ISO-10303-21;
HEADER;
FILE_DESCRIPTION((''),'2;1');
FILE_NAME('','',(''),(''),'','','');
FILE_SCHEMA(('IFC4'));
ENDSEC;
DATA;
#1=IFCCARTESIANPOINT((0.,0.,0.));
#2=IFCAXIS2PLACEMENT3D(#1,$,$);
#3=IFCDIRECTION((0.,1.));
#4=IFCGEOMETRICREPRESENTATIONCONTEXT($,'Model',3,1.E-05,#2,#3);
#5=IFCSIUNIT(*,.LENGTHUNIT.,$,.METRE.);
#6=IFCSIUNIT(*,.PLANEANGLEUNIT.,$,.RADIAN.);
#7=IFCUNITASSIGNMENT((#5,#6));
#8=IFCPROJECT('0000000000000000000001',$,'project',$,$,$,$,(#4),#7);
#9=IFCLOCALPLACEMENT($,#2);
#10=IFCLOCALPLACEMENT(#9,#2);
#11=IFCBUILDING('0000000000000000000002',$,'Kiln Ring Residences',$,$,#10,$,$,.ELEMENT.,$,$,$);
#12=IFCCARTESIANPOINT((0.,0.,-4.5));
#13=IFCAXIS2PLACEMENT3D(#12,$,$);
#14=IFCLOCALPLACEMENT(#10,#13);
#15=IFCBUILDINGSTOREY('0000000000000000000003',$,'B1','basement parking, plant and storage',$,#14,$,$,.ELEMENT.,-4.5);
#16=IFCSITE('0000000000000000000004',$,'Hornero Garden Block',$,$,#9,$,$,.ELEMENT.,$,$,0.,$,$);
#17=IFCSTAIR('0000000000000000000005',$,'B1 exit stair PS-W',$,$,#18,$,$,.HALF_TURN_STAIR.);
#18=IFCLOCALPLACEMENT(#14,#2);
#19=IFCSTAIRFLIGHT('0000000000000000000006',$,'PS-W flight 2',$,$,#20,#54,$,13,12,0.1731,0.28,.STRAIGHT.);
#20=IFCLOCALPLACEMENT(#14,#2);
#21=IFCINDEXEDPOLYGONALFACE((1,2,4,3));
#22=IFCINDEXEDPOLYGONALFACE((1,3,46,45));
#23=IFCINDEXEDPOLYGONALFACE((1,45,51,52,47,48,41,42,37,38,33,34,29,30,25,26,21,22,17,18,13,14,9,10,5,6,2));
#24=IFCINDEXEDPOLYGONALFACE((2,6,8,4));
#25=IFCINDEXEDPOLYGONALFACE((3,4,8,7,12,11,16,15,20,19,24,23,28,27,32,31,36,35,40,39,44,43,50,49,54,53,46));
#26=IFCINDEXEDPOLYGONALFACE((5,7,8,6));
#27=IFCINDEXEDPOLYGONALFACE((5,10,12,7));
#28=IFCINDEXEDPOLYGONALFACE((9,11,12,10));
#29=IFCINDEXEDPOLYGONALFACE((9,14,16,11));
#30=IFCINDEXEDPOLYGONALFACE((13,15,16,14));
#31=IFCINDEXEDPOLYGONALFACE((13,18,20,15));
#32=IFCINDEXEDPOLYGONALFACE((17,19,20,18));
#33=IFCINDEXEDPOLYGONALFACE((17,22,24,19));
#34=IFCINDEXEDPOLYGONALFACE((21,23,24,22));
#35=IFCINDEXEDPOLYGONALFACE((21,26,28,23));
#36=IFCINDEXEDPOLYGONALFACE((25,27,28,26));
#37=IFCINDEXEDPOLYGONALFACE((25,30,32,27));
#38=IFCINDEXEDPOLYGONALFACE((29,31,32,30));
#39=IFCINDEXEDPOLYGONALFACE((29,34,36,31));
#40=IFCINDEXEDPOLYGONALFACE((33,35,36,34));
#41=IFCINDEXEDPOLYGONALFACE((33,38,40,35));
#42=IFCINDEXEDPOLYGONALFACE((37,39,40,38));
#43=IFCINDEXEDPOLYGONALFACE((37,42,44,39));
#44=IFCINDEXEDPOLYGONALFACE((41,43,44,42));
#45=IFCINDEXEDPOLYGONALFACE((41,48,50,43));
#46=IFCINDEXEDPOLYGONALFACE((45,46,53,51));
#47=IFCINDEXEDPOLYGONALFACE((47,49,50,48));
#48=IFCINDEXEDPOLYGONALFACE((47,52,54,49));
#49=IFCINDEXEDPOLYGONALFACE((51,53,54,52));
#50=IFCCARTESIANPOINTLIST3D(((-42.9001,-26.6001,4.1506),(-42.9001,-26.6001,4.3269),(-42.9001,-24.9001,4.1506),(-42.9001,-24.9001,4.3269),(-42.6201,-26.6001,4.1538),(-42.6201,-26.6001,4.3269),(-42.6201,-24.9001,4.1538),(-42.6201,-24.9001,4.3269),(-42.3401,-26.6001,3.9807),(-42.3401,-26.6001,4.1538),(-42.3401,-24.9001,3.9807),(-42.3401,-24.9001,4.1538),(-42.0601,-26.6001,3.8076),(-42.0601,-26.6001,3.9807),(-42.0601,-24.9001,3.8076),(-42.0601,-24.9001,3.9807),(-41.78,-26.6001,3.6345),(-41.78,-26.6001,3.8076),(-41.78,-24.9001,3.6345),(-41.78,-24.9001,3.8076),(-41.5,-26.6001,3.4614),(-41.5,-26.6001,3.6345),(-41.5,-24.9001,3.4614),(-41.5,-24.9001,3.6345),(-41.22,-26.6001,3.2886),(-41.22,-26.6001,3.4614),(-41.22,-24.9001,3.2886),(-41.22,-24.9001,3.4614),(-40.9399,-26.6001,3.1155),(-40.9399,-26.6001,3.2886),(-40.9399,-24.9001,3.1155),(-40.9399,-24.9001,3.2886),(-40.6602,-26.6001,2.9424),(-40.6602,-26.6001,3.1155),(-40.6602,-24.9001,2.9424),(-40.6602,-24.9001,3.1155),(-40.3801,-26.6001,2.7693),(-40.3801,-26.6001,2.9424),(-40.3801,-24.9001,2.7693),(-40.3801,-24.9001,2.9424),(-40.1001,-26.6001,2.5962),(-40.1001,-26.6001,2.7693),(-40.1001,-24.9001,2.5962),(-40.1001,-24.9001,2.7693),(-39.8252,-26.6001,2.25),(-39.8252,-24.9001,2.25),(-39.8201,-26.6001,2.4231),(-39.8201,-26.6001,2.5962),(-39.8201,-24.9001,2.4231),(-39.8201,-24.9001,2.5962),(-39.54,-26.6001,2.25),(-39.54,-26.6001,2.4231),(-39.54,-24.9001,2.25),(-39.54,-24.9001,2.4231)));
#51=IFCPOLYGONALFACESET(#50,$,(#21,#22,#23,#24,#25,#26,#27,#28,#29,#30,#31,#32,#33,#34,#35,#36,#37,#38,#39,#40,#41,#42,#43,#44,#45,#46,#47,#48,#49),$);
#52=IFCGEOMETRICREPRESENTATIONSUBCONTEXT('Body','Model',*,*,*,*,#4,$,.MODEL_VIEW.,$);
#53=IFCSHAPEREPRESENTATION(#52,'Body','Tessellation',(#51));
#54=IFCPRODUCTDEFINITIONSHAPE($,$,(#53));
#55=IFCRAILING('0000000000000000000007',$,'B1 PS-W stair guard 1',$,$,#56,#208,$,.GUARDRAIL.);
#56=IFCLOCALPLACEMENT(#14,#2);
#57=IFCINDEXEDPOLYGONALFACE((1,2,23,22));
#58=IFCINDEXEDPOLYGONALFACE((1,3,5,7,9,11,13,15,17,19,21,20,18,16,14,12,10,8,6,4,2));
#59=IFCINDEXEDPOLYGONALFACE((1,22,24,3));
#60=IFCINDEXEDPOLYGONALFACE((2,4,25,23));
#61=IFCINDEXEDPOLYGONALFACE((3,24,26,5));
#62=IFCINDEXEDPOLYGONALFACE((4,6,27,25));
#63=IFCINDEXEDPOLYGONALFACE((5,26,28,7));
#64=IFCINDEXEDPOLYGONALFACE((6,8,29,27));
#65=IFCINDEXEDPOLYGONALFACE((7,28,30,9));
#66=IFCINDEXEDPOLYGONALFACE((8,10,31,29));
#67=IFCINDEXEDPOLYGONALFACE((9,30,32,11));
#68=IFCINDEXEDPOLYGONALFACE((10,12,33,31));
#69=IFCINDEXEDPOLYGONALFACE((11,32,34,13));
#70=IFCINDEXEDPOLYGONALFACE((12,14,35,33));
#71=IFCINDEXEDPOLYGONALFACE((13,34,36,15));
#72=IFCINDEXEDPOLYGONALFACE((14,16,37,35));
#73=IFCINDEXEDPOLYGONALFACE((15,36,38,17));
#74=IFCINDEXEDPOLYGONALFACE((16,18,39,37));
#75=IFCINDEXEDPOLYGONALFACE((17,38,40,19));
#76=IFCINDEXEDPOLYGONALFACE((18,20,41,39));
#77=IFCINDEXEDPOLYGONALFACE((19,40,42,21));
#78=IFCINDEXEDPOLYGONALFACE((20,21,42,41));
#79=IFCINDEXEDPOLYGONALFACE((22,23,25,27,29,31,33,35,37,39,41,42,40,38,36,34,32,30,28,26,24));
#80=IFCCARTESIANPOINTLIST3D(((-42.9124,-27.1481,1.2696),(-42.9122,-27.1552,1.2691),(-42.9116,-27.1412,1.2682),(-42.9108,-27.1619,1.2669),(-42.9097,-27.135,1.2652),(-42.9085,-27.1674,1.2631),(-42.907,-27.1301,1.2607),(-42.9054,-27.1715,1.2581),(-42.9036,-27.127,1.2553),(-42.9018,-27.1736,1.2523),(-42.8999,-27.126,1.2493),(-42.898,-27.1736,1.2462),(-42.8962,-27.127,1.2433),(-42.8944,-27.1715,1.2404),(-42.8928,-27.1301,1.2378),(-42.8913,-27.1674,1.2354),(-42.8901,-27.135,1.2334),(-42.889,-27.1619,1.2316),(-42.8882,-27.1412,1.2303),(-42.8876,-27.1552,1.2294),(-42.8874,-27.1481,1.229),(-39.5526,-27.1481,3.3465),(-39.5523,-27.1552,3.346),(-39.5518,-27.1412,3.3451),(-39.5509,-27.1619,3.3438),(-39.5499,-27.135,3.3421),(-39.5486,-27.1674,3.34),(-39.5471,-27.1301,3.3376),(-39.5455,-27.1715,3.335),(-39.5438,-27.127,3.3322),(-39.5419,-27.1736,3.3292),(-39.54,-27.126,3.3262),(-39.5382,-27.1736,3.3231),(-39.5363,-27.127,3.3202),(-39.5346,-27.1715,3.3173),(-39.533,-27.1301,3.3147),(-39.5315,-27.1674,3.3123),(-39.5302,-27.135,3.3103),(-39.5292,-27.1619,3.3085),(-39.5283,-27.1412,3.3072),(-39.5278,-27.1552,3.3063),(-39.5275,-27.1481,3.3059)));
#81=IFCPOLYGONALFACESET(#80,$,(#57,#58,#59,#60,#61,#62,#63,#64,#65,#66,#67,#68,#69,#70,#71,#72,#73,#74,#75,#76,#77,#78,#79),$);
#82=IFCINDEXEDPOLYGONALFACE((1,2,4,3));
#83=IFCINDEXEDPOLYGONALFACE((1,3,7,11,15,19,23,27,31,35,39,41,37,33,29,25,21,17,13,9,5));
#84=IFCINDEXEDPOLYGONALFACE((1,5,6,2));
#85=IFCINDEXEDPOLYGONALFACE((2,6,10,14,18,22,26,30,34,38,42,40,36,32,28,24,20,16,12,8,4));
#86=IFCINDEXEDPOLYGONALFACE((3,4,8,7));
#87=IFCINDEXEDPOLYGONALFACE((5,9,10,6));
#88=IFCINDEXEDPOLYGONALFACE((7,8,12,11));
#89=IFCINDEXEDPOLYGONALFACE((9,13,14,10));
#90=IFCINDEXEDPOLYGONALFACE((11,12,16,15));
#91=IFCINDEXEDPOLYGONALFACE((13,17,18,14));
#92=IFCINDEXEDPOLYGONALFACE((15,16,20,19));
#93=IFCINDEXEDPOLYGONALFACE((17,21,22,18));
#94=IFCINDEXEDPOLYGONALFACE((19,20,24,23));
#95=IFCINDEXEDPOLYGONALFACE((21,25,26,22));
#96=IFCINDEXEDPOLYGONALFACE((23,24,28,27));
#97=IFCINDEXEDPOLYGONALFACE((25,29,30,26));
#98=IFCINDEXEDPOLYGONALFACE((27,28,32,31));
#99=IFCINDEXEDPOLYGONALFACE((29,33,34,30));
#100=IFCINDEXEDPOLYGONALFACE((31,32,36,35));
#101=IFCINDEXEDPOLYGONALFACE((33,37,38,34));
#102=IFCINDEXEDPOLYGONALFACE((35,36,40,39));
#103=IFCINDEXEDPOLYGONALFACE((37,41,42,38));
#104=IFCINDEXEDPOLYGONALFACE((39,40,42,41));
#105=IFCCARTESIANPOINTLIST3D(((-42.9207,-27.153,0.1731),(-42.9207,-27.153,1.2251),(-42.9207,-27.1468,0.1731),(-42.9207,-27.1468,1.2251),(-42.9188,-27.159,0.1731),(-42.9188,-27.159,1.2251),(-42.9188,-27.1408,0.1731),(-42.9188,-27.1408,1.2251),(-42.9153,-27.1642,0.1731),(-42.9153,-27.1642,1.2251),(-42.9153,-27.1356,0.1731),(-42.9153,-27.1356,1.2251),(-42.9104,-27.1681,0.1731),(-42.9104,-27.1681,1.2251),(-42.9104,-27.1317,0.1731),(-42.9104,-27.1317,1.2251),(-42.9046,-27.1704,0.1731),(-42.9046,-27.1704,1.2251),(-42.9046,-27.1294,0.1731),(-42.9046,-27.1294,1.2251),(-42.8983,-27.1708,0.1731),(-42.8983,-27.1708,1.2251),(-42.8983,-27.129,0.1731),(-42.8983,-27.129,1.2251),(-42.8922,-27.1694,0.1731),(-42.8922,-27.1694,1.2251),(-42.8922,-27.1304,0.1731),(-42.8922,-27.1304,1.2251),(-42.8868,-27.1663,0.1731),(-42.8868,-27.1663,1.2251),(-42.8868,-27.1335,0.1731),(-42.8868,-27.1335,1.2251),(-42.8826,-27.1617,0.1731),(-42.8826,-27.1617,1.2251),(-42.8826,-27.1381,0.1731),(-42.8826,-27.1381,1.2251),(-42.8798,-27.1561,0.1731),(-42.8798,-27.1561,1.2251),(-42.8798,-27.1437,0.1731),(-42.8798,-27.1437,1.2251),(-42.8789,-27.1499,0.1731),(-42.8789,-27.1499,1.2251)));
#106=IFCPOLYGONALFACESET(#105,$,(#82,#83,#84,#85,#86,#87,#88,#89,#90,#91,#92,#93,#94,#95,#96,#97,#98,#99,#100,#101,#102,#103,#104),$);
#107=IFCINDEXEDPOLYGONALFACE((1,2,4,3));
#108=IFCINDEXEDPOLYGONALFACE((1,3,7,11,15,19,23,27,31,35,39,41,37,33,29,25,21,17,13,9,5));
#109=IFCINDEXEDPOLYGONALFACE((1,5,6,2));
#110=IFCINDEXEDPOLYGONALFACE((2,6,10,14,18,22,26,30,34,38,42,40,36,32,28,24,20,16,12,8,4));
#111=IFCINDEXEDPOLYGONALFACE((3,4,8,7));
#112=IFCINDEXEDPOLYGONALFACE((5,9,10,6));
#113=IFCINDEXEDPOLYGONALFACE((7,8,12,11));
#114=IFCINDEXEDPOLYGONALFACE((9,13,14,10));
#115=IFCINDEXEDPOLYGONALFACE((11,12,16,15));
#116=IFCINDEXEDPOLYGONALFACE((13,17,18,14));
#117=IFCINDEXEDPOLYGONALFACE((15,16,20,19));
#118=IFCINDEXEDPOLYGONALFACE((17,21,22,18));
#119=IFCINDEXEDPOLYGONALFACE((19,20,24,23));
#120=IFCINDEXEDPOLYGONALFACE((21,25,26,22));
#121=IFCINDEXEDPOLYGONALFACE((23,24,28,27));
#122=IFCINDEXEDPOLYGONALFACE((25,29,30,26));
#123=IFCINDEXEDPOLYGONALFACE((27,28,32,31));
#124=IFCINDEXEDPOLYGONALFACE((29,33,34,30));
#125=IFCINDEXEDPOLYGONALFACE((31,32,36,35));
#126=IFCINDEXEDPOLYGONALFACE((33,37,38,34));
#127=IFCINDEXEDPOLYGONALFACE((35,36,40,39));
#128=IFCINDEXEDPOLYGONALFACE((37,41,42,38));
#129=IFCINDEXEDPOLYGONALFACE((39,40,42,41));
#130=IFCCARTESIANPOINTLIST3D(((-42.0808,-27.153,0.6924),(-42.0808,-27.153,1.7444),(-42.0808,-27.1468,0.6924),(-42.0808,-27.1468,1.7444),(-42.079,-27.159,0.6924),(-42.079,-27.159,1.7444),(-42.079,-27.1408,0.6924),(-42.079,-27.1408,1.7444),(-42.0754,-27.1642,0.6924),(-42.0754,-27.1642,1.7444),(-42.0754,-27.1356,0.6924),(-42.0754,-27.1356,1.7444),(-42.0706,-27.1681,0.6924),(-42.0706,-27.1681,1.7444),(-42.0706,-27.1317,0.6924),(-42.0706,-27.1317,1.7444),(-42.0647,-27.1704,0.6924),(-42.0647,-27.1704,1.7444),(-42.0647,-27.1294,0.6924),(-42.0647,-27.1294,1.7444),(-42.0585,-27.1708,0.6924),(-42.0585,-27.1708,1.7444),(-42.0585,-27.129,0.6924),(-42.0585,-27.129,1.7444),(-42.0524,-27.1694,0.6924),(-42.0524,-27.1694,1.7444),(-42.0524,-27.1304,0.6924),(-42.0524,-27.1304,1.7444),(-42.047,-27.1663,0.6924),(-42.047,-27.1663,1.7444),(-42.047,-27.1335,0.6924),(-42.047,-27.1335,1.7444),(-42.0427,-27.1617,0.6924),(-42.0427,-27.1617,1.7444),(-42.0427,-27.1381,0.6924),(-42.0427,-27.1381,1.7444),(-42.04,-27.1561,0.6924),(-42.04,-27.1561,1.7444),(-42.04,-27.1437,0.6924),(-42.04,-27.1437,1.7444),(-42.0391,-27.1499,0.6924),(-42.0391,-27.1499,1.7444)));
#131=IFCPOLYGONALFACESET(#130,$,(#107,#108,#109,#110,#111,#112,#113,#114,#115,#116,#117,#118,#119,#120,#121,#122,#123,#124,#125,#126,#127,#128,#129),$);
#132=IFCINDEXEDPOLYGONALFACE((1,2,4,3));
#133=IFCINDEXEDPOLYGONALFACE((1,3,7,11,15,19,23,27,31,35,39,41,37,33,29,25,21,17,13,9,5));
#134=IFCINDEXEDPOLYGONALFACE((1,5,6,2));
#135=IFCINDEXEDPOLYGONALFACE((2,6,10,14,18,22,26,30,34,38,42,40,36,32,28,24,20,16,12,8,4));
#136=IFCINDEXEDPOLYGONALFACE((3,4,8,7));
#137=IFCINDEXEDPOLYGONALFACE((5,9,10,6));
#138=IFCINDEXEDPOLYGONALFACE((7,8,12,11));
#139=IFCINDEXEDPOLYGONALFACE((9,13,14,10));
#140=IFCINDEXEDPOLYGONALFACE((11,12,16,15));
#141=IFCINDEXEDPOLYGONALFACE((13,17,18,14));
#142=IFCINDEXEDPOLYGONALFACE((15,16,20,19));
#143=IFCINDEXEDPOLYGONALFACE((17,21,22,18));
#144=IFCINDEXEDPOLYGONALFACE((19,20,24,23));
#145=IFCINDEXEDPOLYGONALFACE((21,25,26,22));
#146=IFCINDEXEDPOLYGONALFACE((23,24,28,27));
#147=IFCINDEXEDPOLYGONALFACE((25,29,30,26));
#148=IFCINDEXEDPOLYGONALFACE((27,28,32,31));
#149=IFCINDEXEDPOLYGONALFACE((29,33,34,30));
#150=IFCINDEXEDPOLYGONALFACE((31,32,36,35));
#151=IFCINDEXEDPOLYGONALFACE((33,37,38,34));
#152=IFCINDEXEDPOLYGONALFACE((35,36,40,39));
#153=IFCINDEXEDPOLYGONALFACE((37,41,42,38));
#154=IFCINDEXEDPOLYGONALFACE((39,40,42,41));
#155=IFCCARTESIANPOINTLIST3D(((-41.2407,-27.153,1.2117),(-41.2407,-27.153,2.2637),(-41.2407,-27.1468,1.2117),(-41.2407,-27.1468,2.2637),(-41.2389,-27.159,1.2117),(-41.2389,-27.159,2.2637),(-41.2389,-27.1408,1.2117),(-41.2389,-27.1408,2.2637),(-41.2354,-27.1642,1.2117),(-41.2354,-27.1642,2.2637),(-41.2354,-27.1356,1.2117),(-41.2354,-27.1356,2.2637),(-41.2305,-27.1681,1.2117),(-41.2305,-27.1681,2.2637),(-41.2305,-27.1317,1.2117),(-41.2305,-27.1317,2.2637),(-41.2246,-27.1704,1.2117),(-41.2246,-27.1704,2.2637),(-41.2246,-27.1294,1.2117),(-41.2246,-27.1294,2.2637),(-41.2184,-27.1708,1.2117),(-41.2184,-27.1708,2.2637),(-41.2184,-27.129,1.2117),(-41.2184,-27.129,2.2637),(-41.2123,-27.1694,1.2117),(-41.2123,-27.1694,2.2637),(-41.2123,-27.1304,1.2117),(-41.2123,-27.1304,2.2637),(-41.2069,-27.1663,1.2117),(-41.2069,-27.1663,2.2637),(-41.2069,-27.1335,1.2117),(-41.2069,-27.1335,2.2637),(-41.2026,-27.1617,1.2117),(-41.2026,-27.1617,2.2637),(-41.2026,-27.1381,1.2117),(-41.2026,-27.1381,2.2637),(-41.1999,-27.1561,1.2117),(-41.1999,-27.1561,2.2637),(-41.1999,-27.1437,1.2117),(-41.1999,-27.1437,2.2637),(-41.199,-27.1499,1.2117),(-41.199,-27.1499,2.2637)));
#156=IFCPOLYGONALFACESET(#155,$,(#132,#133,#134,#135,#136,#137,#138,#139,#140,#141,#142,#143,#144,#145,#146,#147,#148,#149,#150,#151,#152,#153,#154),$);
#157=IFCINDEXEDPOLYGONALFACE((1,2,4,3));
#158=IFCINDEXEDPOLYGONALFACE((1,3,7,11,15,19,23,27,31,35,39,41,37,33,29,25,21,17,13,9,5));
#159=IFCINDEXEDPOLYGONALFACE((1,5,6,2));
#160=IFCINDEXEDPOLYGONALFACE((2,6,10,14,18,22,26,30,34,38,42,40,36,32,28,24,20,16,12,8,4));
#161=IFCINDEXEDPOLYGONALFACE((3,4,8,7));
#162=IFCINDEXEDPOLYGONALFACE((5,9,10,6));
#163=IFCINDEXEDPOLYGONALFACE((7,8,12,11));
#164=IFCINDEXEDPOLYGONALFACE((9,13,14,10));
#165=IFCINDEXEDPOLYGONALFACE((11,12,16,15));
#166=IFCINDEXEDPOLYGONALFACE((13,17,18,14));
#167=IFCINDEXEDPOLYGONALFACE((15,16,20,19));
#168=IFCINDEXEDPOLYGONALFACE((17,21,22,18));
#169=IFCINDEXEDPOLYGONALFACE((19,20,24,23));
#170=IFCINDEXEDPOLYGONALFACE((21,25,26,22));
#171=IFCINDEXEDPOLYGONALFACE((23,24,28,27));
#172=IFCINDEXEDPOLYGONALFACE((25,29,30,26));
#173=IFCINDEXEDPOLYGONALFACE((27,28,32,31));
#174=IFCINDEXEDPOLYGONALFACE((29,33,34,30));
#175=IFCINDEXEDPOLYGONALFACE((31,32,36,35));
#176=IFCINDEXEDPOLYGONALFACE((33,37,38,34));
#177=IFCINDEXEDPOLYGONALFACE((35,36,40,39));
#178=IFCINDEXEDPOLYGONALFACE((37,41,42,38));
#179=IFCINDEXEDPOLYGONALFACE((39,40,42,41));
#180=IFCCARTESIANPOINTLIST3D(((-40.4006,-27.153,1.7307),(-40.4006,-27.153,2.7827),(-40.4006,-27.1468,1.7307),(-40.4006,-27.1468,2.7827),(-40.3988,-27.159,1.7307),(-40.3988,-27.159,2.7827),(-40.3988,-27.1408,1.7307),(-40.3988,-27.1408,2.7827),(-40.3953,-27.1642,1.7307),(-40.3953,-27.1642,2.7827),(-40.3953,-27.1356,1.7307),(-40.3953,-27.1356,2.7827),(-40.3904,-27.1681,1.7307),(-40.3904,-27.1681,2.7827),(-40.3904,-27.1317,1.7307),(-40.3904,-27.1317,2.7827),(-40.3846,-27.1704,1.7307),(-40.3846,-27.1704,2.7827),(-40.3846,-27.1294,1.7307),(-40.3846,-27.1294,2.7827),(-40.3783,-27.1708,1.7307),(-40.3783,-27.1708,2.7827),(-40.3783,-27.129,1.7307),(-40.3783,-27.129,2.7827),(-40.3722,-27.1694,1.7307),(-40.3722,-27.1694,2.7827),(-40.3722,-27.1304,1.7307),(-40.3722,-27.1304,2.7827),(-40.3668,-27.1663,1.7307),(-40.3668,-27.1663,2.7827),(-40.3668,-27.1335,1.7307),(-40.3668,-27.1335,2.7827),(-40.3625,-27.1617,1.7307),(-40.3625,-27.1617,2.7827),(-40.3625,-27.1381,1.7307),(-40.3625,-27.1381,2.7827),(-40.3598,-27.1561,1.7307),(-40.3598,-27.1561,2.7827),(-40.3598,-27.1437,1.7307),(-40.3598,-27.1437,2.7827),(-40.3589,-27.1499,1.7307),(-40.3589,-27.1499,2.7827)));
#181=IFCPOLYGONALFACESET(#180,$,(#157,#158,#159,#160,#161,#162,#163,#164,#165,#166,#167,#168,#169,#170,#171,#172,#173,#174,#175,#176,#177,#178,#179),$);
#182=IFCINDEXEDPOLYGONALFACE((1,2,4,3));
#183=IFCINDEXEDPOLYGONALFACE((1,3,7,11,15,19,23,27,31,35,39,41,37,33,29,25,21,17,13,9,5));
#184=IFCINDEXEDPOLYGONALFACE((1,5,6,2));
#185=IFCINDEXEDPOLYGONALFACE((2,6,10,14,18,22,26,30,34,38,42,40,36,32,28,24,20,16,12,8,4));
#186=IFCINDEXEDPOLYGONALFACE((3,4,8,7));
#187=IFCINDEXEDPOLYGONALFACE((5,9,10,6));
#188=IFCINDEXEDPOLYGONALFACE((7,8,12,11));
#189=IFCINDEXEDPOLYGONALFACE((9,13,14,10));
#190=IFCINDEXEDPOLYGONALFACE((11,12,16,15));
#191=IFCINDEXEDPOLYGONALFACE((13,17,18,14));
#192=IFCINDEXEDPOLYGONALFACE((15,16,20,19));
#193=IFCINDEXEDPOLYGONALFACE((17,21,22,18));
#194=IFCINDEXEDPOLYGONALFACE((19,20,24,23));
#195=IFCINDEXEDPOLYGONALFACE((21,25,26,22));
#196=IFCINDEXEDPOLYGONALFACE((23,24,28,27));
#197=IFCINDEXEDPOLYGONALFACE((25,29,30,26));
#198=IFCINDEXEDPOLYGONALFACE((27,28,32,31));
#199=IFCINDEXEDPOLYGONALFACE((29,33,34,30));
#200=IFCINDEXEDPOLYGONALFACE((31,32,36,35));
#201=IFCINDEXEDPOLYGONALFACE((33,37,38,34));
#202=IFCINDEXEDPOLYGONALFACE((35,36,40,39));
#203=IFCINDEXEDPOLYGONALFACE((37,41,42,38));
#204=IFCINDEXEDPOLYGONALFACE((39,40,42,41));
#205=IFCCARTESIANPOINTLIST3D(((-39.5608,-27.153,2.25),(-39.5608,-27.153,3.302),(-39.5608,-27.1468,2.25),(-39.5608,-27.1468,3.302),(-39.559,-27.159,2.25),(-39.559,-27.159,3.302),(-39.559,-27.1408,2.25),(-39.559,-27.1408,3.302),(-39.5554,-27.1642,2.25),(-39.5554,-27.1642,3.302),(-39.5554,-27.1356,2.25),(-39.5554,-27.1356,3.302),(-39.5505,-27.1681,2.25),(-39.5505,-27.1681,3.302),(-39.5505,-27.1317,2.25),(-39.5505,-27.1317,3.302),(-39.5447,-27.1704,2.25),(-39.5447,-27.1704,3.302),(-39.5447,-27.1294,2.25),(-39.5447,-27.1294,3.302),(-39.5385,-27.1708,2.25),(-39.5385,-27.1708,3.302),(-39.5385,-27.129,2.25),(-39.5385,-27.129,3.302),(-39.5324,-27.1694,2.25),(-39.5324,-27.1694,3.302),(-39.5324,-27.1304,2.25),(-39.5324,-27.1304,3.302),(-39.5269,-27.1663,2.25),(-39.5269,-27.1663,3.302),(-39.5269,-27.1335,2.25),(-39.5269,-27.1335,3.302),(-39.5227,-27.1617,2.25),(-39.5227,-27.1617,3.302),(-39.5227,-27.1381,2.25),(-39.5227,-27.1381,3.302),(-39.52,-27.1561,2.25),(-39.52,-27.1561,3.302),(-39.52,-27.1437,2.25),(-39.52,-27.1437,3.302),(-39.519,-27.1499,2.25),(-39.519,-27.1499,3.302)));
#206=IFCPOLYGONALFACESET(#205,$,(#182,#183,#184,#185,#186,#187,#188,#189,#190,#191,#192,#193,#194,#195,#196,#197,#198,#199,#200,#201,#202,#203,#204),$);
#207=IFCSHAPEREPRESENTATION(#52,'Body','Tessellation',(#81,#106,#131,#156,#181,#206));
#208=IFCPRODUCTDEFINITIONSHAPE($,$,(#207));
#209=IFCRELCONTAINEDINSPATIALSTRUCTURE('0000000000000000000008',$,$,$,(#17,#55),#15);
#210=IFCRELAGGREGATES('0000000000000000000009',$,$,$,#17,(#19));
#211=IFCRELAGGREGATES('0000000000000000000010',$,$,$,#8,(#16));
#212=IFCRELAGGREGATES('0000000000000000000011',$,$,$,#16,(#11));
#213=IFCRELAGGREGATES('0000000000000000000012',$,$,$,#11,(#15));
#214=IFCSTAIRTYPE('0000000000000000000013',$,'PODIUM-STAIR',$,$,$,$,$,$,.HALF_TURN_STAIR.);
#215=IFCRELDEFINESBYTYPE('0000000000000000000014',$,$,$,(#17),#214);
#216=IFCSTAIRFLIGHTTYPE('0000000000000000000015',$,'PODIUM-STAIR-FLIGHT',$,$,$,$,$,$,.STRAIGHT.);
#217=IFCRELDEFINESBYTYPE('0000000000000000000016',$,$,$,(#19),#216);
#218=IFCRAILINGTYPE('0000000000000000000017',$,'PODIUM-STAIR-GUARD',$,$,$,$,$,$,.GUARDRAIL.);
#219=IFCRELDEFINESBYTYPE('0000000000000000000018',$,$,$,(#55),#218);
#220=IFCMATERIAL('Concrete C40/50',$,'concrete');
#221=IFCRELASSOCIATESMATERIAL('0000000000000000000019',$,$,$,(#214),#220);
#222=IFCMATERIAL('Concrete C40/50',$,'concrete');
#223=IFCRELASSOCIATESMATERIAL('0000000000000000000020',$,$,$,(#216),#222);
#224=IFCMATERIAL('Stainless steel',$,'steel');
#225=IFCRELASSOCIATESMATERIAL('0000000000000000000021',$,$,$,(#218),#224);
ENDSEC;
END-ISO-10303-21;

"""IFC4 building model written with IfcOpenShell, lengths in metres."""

from ifc_helpers import new_model, si_unit, direction, frame, origin, origin_2d, place, context, subcontext, project, spatial, polyline, circle, outline, extrude, material, type_object, element, aggregate, save


model = new_model("IFC4")

# Units and contexts
model_context = context("Model", 3, precision=1e-05, world=origin(), true_north=direction((0.0, 1.0)))
body_context = subcontext(model_context, "Body", "Model", "MODEL_VIEW")
ifc_project = project(units=[si_unit("LENGTHUNIT", "METRE"), si_unit("PLANEANGLEUNIT", "RADIAN")], contexts=[model_context])

# Site, building, storey
site_placement = place(None, origin())
site = spatial("IfcSite", under=ifc_project, at=site_placement, Name="Hornero Garden Block", CompositionType="ELEMENT", RefElevation=0.0)
building_placement = place(site_placement, origin())
building = spatial("IfcBuilding", under=site, at=building_placement, Name="Kiln Ring Residences", CompositionType="ELEMENT")
storey_placement = place(building_placement, frame((0.0, 0.0, -4.5)))
storey = spatial("IfcBuildingStorey", under=building, at=storey_placement, Name="B1", Description="basement parking, plant and storage", CompositionType="ELEMENT", Elevation=-4.5)

# Shared definitions
placement = place(storey_placement, origin())

# Stair, stair flight
ifc_material_1 = material(Name="Concrete C40/50", Category="concrete")
stair_type = type_object("IfcStairType", Name="PODIUM-STAIR", PredefinedType="HALF_TURN_STAIR", material=ifc_material_1)
stair = element("IfcStair", 1, at=placement, inside=storey, type_object=stair_type, Name="B1 exit stair PS-W", PredefinedType="HALF_TURN_STAIR")
ifc_material_2 = material(Name="Concrete C40/50", Category="concrete")
stair_flight_type = type_object("IfcStairFlightType", Name="PODIUM-STAIR-FLIGHT", PredefinedType="STRAIGHT", material=ifc_material_2)
stair_flight_1_placement = place(storey_placement, frame((-39.54, -25.75, 2.25), z_axis=(0.0, 0.0, 1.0), x_axis=(-1.0, 0.0, 0.0)))
stair_flight_1 = element("IfcStairFlight", 2, at=stair_flight_1_placement, type_object=stair_flight_type, Name="PS-W flight 2", NumberOfRisers=13, NumberOfTreads=12, PredefinedType="STRAIGHT", RiserHeight=0.1731, TreadLength=0.28, context=body_context, shape_type="SweptSolid", body=[
    extrude(outline(polyline([(0.0, 0.0), (0.0, 0.1731), (0.28, 0.1731), (0.28, 0.3462), (0.5601, 0.3462), (0.5601, 0.5193), (0.8401, 0.5193), (0.8401, 0.6924), (1.1201, 0.6924), (1.1201, 0.8655), (1.3999, 0.8655), (1.3999, 1.0386), (1.6799, 1.0386), (1.6799, 1.2114), (1.96, 1.2114), (1.96, 1.3845), (2.24, 1.3845), (2.24, 1.5576), (2.52, 1.5576), (2.52, 1.7307), (2.8, 1.7307), (2.8, 1.9038), (3.0801, 1.9038), (3.0801, 2.0769), (3.3601, 2.0769), (3.3601, 2.25), (3.3601, 1.9006), (0.2852, 0.0), (0.0, 0.0)])), frame((0.0, 0.8501, 0.0), z_axis=(0.0, -1.0, 0.0), x_axis=(1.0, 0.0, 0.0)), (0.0, 0.0, 1.0), 1.7),
])
aggregate(stair, [stair_flight_1])

# Railing
ifc_material_3 = material(Name="Stainless steel", Category="steel")
railing_type_1 = type_object("IfcRailingType", Name="PODIUM-STAIR-GUARD", PredefinedType="GUARDRAIL", material=ifc_material_3)
railing_1_placement = place(storey_placement, frame((-42.8999, -27.1499, 0.1731)))
element("IfcRailing", 3, at=railing_1_placement, inside=storey, type_object=railing_type_1, Name="B1 PS-W stair guard 1", PredefinedType="GUARDRAIL", context=body_context, shape_type="SweptSolid", body=[
    extrude(circle(Radius=0.0239, at=origin_2d()), frame((0.0, 0.0, 1.0762), z_axis=(0.850606, 0.0, 0.525803), x_axis=(0.0, 1.0, 0.0)), (0.0, 0.0, 1.0), 3.95),
    extrude(circle(Radius=0.021, at=origin_2d()), origin(), (0.0, 0.0, 1.0), 1.052),
    extrude(circle(Radius=0.021, at=origin_2d()), frame((0.8398, 0.0, 0.5193)), (0.0, 0.0, 1.0), 1.052),
    extrude(circle(Radius=0.021, at=origin_2d()), frame((1.6799, 0.0, 1.0386)), (0.0, 0.0, 1.0), 1.052),
    extrude(circle(Radius=0.021, at=origin_2d()), frame((2.52, 0.0, 1.5576)), (0.0, 0.0, 1.0), 1.052),
    extrude(circle(Radius=0.021, at=origin_2d()), frame((3.3599, 0.0, 2.0769)), (0.0, 0.0, 1.0), 1.052),
])

save(model, "model.ifc")
